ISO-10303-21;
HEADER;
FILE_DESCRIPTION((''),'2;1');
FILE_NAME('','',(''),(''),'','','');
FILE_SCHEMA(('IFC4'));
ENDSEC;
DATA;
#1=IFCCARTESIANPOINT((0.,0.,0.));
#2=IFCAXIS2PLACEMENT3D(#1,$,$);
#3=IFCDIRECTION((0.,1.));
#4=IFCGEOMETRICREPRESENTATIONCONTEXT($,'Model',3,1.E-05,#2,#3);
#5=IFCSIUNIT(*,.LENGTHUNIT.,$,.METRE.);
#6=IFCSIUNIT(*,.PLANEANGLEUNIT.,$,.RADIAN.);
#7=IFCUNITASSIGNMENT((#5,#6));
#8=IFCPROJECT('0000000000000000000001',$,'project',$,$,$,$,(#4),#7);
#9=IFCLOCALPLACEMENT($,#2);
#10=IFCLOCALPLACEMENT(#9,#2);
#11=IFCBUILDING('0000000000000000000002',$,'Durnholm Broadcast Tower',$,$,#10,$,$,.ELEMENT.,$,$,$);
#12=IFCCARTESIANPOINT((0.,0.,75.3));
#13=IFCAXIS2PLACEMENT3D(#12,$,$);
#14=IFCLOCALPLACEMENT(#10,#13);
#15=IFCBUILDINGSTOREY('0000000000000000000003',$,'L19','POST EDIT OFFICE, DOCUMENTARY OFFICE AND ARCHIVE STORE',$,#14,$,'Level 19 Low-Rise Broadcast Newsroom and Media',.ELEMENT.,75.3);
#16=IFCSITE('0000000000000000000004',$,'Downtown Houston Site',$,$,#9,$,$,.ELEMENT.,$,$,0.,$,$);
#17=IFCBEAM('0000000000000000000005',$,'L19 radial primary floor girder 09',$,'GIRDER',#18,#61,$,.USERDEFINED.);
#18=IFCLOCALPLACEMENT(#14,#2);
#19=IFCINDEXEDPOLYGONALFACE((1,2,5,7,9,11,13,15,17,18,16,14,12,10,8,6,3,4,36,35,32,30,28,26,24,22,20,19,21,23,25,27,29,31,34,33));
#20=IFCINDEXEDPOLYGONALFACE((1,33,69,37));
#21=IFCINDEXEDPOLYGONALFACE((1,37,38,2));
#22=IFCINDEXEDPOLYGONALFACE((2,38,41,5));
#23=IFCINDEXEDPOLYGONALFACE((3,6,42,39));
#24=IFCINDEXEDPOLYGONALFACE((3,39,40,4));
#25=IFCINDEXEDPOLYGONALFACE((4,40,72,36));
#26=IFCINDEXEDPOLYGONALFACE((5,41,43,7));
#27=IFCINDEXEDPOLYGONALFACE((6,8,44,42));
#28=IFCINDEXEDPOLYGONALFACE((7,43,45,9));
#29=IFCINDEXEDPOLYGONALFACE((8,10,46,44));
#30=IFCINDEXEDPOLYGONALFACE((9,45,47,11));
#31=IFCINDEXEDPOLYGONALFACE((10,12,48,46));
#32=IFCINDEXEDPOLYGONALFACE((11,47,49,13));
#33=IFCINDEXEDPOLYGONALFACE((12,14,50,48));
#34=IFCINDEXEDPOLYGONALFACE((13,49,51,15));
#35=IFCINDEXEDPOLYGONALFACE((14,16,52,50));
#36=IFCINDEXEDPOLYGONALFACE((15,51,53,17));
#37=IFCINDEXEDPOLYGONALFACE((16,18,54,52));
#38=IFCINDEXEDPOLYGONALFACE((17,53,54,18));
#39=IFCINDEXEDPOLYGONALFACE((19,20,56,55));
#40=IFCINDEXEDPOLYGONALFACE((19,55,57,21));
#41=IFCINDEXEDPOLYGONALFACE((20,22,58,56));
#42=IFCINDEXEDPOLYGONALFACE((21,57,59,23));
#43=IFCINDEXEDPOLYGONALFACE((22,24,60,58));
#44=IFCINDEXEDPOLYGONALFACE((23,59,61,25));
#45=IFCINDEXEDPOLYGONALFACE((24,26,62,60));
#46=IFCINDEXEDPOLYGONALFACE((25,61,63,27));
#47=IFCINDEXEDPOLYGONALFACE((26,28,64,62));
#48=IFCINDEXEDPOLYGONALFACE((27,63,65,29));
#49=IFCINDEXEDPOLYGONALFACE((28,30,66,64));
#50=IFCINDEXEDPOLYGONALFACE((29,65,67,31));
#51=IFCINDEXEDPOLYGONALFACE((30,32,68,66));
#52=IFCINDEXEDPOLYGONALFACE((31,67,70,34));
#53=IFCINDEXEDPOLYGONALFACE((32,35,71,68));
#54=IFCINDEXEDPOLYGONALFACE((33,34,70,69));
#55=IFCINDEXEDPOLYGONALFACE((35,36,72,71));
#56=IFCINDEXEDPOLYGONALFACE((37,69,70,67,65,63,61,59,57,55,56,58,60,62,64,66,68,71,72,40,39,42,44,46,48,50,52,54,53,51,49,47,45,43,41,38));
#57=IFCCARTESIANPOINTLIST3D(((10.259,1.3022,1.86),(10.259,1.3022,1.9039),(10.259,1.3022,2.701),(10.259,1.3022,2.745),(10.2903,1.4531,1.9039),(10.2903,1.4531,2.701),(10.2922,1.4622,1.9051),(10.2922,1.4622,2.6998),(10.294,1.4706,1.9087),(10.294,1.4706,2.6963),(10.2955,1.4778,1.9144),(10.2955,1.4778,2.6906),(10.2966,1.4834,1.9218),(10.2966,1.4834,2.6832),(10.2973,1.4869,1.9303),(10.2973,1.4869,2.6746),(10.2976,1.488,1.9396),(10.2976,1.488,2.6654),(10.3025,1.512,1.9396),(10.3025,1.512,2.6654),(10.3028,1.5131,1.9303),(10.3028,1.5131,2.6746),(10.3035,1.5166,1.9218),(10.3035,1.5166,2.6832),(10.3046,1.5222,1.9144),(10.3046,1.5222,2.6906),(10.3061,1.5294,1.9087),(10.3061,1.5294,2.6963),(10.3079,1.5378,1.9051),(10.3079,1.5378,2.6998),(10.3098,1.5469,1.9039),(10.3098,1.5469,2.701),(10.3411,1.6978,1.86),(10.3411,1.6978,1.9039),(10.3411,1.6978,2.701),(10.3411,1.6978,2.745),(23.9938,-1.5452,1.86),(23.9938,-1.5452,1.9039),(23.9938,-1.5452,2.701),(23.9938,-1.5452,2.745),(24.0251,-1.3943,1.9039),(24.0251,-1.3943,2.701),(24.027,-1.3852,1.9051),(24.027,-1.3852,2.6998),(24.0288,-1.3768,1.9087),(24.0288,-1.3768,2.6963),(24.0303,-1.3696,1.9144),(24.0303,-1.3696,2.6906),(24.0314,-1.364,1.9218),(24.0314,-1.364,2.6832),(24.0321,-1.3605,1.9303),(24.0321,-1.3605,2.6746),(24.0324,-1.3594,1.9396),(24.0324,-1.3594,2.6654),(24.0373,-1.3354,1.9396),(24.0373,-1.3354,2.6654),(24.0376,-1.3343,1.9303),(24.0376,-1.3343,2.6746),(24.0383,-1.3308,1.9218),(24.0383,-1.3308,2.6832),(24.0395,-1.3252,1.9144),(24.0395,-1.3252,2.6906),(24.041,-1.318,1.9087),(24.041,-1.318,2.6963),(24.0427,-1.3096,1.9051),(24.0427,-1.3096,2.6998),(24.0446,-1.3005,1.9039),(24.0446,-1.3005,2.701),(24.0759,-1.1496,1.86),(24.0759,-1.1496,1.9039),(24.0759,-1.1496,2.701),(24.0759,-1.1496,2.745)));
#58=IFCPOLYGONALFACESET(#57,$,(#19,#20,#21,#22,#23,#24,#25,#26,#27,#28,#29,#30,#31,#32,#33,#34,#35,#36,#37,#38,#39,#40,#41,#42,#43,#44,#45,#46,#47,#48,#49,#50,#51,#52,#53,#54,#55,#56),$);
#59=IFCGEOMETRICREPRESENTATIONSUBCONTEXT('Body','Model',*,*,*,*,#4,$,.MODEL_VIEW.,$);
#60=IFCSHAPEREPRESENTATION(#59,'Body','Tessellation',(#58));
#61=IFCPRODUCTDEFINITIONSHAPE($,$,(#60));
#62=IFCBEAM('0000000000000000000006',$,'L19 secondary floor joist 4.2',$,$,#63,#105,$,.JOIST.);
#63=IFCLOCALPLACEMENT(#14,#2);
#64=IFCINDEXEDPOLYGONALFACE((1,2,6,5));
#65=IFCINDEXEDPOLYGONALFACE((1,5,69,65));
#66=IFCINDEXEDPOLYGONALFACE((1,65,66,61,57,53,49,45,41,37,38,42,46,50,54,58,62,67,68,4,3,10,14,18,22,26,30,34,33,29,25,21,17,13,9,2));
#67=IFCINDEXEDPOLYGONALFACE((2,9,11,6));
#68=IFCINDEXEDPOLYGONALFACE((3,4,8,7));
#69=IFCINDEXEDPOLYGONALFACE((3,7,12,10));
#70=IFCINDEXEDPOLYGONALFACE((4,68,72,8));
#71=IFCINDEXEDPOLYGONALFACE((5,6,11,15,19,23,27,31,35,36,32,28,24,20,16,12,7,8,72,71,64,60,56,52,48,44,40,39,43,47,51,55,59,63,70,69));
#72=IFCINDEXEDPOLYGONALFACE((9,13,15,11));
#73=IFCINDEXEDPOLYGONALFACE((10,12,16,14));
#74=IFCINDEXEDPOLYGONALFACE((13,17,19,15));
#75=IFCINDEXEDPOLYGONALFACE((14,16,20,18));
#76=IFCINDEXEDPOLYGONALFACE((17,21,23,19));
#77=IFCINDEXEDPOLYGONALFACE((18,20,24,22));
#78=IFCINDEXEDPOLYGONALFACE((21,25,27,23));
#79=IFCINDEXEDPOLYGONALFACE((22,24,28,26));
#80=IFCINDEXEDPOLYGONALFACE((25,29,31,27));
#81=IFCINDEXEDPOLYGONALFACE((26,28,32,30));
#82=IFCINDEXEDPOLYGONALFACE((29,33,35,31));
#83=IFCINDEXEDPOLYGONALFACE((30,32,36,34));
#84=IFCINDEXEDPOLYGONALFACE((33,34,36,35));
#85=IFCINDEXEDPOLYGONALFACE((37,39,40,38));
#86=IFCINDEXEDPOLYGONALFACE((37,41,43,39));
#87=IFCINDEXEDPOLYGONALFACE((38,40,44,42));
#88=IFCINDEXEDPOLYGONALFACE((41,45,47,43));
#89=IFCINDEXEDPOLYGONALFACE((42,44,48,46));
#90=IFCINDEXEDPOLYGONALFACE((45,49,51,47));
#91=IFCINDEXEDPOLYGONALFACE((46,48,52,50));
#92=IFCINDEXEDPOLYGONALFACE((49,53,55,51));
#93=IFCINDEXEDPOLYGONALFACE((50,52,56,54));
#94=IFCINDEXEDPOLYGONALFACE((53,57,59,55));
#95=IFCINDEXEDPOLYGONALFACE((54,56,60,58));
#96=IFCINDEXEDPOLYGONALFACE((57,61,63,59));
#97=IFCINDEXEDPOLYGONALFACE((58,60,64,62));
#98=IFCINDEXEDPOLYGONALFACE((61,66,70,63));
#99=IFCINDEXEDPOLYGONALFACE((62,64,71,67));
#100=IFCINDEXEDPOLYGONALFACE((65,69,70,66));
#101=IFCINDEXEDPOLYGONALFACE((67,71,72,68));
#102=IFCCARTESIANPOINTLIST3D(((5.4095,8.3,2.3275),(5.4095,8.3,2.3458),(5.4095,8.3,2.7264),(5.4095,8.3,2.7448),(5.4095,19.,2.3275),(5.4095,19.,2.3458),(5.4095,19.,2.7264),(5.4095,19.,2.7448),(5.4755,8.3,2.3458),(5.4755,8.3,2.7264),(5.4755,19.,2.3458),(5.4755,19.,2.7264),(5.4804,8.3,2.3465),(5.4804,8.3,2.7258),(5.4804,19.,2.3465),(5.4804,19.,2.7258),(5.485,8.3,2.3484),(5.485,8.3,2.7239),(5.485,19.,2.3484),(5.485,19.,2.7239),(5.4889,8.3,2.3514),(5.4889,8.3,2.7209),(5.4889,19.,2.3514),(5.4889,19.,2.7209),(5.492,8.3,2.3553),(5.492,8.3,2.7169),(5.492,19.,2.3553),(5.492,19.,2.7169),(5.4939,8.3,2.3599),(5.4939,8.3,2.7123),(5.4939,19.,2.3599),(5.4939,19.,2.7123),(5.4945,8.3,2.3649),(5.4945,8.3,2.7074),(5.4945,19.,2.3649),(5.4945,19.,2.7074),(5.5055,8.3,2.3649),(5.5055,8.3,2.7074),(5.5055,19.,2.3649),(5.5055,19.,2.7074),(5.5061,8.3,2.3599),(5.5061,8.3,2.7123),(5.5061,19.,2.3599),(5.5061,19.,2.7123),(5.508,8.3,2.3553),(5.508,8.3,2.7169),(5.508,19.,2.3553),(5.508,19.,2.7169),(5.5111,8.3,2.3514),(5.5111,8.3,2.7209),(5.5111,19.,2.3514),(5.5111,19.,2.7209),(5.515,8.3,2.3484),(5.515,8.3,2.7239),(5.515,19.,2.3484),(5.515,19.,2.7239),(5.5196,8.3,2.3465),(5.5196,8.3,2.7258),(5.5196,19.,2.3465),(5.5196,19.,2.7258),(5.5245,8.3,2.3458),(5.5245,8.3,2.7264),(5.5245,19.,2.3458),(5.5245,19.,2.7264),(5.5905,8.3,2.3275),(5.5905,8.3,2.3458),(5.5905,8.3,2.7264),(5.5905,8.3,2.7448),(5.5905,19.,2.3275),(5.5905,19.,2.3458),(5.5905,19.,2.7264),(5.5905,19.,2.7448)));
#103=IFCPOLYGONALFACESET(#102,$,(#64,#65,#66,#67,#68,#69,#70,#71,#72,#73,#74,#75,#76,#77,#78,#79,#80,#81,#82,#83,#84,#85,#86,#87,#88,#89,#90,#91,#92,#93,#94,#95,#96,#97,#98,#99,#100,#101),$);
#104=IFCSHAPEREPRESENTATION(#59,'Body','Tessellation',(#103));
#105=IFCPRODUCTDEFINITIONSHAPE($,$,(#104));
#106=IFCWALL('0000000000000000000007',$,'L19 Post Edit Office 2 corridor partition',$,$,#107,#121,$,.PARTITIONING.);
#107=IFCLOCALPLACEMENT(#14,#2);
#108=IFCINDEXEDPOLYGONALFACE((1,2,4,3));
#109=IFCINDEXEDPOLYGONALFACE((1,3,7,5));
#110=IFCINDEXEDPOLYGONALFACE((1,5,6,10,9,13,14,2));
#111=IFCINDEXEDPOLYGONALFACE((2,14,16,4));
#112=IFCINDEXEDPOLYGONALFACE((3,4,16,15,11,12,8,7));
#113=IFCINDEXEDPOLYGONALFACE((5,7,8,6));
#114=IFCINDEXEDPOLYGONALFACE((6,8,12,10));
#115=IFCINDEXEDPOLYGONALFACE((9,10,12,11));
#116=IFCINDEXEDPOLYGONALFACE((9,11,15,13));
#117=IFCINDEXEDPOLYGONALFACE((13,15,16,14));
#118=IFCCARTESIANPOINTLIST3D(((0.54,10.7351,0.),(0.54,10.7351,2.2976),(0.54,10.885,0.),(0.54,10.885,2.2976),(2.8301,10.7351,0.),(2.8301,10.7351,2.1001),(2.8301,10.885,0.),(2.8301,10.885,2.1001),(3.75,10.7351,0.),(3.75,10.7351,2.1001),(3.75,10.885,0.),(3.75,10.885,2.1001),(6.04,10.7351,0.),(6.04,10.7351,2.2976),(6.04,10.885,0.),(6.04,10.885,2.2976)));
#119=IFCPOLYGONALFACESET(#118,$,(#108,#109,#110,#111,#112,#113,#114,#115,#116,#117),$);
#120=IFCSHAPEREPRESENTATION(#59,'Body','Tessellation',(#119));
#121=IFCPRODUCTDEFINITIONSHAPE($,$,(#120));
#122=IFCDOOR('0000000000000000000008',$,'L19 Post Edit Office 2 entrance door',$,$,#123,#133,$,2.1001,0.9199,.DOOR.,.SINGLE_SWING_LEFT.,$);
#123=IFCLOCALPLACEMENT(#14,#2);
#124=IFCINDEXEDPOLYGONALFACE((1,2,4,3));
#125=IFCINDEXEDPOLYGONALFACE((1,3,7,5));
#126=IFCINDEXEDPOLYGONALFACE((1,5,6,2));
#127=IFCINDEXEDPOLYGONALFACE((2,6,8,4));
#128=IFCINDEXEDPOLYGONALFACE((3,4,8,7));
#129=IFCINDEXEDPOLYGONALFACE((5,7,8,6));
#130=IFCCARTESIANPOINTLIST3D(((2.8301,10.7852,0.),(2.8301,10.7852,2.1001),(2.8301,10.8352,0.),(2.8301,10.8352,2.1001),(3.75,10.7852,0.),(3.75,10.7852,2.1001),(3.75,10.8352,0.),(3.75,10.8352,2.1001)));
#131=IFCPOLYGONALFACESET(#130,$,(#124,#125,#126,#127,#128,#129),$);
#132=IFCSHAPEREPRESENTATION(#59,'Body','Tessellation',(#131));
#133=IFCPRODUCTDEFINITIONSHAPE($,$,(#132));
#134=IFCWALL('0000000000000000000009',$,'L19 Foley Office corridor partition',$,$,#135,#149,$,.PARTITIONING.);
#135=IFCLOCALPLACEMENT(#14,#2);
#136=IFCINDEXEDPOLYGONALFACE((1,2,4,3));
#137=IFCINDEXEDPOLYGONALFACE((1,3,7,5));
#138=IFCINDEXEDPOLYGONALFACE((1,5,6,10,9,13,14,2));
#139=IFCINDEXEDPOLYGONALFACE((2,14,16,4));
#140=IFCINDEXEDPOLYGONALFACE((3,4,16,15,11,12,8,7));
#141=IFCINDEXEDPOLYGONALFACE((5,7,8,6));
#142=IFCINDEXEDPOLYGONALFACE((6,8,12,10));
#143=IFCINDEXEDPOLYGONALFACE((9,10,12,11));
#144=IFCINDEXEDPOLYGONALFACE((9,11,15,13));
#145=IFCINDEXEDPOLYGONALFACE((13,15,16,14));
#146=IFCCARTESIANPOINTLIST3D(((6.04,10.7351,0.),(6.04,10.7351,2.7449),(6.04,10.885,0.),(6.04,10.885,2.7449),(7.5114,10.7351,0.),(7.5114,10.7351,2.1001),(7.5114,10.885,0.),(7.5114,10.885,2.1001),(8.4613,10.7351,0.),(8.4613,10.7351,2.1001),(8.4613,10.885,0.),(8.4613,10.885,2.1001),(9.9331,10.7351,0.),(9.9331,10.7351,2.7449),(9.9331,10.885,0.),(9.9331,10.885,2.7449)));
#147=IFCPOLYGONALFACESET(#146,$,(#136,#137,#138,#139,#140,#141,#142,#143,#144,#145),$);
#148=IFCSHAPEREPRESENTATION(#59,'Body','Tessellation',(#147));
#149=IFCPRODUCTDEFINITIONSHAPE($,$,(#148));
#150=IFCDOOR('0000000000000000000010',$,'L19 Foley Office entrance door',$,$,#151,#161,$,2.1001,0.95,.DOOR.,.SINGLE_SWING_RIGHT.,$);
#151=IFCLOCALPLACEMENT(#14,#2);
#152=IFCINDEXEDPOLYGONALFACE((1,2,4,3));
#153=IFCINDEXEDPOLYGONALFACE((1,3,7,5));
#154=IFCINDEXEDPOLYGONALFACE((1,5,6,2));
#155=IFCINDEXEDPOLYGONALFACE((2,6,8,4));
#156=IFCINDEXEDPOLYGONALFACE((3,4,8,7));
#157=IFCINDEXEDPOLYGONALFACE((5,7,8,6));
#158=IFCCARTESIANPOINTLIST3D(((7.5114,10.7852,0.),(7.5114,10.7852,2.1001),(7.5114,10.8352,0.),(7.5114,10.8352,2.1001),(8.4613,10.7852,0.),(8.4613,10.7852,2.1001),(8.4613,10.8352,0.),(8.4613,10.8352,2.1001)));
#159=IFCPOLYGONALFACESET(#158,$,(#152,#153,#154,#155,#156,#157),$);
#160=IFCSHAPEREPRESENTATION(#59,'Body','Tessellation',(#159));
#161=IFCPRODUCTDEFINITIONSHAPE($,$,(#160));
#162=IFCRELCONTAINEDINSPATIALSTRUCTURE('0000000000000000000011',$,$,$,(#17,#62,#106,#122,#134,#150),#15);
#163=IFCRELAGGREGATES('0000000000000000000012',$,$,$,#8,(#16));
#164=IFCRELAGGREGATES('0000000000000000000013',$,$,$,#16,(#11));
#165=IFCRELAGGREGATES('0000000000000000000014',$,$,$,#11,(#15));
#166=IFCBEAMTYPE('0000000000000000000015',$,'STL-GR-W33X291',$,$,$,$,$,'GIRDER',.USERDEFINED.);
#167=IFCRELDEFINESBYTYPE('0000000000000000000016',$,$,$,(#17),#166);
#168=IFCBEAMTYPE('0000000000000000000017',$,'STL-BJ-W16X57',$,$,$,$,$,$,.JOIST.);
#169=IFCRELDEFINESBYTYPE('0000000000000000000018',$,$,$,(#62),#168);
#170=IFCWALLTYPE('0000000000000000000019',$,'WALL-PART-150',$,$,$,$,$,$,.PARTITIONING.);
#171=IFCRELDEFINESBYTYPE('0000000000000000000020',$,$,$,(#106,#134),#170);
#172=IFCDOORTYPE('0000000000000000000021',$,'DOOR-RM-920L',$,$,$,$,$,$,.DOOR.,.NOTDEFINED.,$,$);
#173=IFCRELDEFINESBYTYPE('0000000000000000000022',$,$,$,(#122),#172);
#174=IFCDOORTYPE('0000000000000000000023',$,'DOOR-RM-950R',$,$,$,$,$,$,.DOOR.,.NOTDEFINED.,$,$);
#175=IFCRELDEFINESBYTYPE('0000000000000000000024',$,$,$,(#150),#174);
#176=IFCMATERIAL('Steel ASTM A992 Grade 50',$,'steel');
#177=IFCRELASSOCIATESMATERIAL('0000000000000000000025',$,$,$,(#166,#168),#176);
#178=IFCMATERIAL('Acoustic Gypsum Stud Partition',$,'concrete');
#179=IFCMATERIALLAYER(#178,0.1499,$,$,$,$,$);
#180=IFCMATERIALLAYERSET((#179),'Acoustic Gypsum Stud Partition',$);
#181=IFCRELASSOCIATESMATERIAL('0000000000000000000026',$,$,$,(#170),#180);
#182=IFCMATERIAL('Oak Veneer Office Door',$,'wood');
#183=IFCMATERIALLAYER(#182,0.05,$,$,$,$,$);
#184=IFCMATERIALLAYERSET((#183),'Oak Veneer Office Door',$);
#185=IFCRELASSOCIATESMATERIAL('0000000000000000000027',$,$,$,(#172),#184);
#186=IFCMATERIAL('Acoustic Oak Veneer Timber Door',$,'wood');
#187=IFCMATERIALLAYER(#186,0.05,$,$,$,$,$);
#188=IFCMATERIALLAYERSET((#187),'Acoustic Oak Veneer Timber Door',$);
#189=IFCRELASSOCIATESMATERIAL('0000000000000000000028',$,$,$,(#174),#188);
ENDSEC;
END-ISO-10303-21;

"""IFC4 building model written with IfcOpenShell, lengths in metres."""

from ifc_helpers import new_model, si_unit, direction, frame, frame_2d, origin, origin_2d, place, context, subcontext, project, spatial, rectangle, i_section, extrude, source, transform, mapped, material, layer, layer_set, material_profile, profile_set, type_object, type_shapes, element, fill, save


model = new_model("IFC4")

# Units and contexts
model_context = context("Model", 3, precision=1e-05, world=origin(), true_north=direction((0.0, 1.0)))
body_context = subcontext(model_context, "Body", "Model", "MODEL_VIEW")
ifc_project = project(units=[si_unit("LENGTHUNIT", "METRE"), si_unit("PLANEANGLEUNIT", "RADIAN")], contexts=[model_context])

# Site, building, storey
site_placement = place(None, origin())
site = spatial("IfcSite", under=ifc_project, at=site_placement, Name="Downtown Houston Site", CompositionType="ELEMENT", RefElevation=0.0)
building_placement = place(site_placement, origin())
building = spatial("IfcBuilding", under=site, at=building_placement, Name="Durnholm Broadcast Tower", CompositionType="ELEMENT")
storey_placement = place(building_placement, frame((0.0, 0.0, 75.3)))
storey = spatial("IfcBuildingStorey", under=building, at=storey_placement, Name="L19", Description="POST EDIT OFFICE, DOCUMENTARY OFFICE AND ARCHIVE STORE", LongName="Level 19 Low-Rise Broadcast Newsroom and Media", CompositionType="ELEMENT", Elevation=75.3)

# Beams
ifc_material_1 = material(Name="Steel ASTM A992 Grade 50", Category="steel")
ifc_material_profile_1 = material_profile(ifc_material_1, i_section(OverallWidth=0.4041, OverallDepth=0.885, WebThickness=0.0244, FlangeThickness=0.0439, FilletRadius=0.0356, at=origin_2d()), Name="W33X291")
ifc_profile_set_1 = profile_set([ifc_material_profile_1], Name="Steel ASTM A992 Grade 50")
beam_type_1 = type_object("IfcBeamType", Name="STL-GR-W33X291", ElementType="GIRDER", PredefinedType="USERDEFINED", material=ifc_profile_set_1)
shared_shape_1 = source(origin(), body_context, "Body", "SweptSolid", [
    extrude(i_section(OverallWidth=0.4041, OverallDepth=0.885, WebThickness=0.0244, FlangeThickness=0.0439, FilletRadius=0.0356, at=origin_2d()), origin(), (0.0, 0.0, 1.0), 14.0269),
])
beam_1_placement = place(storey_placement, frame((10.3, 1.5, 2.3025), z_axis=(0.979179, -0.202996, 0.0), x_axis=(0.202996, 0.979179, 0.0)))
element("IfcBeam", 1, at=beam_1_placement, inside=storey, type_object=beam_type_1, Name="L19 radial primary floor girder 09", ObjectType="GIRDER", PredefinedType="USERDEFINED", context=body_context, shape_type="MappedRepresentation", body=[
    mapped(shared_shape_1, transform((0.0, 0.0, 0.0), x_axis=(1.0, 0.0, 0.0), y_axis=(0.0, 1.0, 0.0), z_axis=(0.0, 0.0, 1.0), scale=1.0)),
])
ifc_material_profile_2 = material_profile(ifc_material_1, i_section(OverallWidth=0.1809, OverallDepth=0.4172, WebThickness=0.011, FlangeThickness=0.0183, FilletRadius=0.019, at=origin_2d()), Name="W16X57")
ifc_profile_set_2 = profile_set([ifc_material_profile_2], Name="Steel ASTM A992 Grade 50")
beam_type_2 = type_object("IfcBeamType", Name="STL-BJ-W16X57", PredefinedType="JOIST", material=ifc_profile_set_2)
shared_shape_2 = source(origin(), body_context, "Body", "SweptSolid", [
    extrude(i_section(OverallWidth=0.1809, OverallDepth=0.4172, WebThickness=0.011, FlangeThickness=0.0183, FilletRadius=0.019, at=origin_2d()), origin(), (0.0, 0.0, 1.0), 10.7),
])
type_shapes(beam_type_2, [shared_shape_2])
beam_2_placement = place(storey_placement, frame((5.5, 8.3, 2.5361), z_axis=(0.0, 1.0, 0.0), x_axis=(-1.0, 0.0, 0.0)))
element("IfcBeam", 2, at=beam_2_placement, inside=storey, type_object=beam_type_2, Name="L19 secondary floor joist 4.2", PredefinedType="JOIST", context=body_context, shape_type="MappedRepresentation", body=[
    mapped(shared_shape_2, transform((0.0, 0.0, 0.0), x_axis=(1.0, 0.0, 0.0), y_axis=(0.0, 1.0, 0.0), z_axis=(0.0, 0.0, 1.0), scale=1.0)),
])

# Walls, openings, doors
ifc_material_2 = material(Name="Acoustic Gypsum Stud Partition", Category="concrete")
ifc_layer_1 = layer(ifc_material_2, 0.1499)
ifc_layer_set_1 = layer_set([ifc_layer_1], Name="Acoustic Gypsum Stud Partition")
wall_type_1 = type_object("IfcWallType", Name="WALL-PART-150", PredefinedType="PARTITIONING", material=ifc_layer_set_1)
wall_1_placement = place(storey_placement, frame((6.04, 10.8101, 0.0), z_axis=(0.0, 0.0, 1.0), x_axis=(-1.0, 0.0, 0.0)))
wall_1 = element("IfcWall", 3, at=wall_1_placement, inside=storey, type_object=wall_type_1, Name="L19 Post Edit Office 2 corridor partition", PredefinedType="PARTITIONING", context=body_context, shape_type="SweptSolid", body=[
    extrude(rectangle(XDim=5.5, YDim=0.1499, at=frame_2d((2.75, 0.0))), origin(), (0.0, 0.0, 1.0), 2.2976),
])
opening_1_placement = place(wall_1_placement, frame((2.29, 0.0, 0.0)))
opening_1 = element("IfcOpeningElement", 4, at=opening_1_placement, cuts=wall_1, PredefinedType="OPENING", context=body_context, shape_type="SweptSolid", body=[
    extrude(rectangle(XDim=0.9199, YDim=2.1001, at=frame_2d((0.46, 1.05))), frame((0.0, 0.085, 0.0), z_axis=(0.0, -1.0, 0.0), x_axis=(1.0, 0.0, 0.0)), (0.0, 0.0, 1.0), 0.1699),
])
ifc_material_3 = material(Name="Oak Veneer Office Door", Category="wood")
ifc_layer_2 = layer(ifc_material_3, 0.05)
ifc_layer_set_2 = layer_set([ifc_layer_2], Name="Oak Veneer Office Door")
door_type_1 = type_object("IfcDoorType", Name="DOOR-RM-920L", OperationType="NOTDEFINED", PredefinedType="DOOR", material=ifc_layer_set_2)
shared_shape_3 = source(origin(), body_context, "Body", "SweptSolid", [
    extrude(rectangle(XDim=0.9199, YDim=2.1001, at=frame_2d((0.46, 1.05))), frame((0.0, 0.0249, 0.0), z_axis=(0.0, -1.0, 0.0), x_axis=(1.0, 0.0, 0.0)), (0.0, 0.0, 1.0), 0.05),
])
type_shapes(door_type_1, [shared_shape_3])
door_1_placement = place(opening_1_placement, origin())
door_1 = element("IfcDoor", 5, at=door_1_placement, inside=storey, type_object=door_type_1, Name="L19 Post Edit Office 2 entrance door", OperationType="SINGLE_SWING_LEFT", OverallHeight=2.1001, OverallWidth=0.9199, PredefinedType="DOOR", context=body_context, shape_type="MappedRepresentation", body=[
    mapped(shared_shape_3, transform((0.0, 0.0, 0.0), x_axis=(1.0, 0.0, 0.0), y_axis=(0.0, 1.0, 0.0), z_axis=(0.0, 0.0, 1.0), scale=1.0)),
])
fill(opening_1, door_1)
wall_2_placement = place(storey_placement, frame((9.9331, 10.8101, 0.0), z_axis=(0.0, 0.0, 1.0), x_axis=(-1.0, 0.0, 0.0)))
wall_2 = element("IfcWall", 6, at=wall_2_placement, inside=storey, type_object=wall_type_1, Name="L19 Foley Office corridor partition", PredefinedType="PARTITIONING", context=body_context, shape_type="SweptSolid", body=[
    extrude(rectangle(XDim=3.8931, YDim=0.1499, at=frame_2d((1.9465, 0.0))), origin(), (0.0, 0.0, 1.0), 2.7449),
])
opening_2_placement = place(wall_2_placement, frame((1.4717, 0.0, 0.0)))
opening_2 = element("IfcOpeningElement", 7, at=opening_2_placement, cuts=wall_2, PredefinedType="OPENING", context=body_context, shape_type="SweptSolid", body=[
    extrude(rectangle(XDim=0.95, YDim=2.1001, at=frame_2d((0.4751, 1.05))), frame((0.0, 0.085, 0.0), z_axis=(0.0, -1.0, 0.0), x_axis=(1.0, 0.0, 0.0)), (0.0, 0.0, 1.0), 0.1699),
])
ifc_material_4 = material(Name="Acoustic Oak Veneer Timber Door", Category="wood")
ifc_layer_3 = layer(ifc_material_4, 0.05)
ifc_layer_set_3 = layer_set([ifc_layer_3], Name="Acoustic Oak Veneer Timber Door")
door_type_2 = type_object("IfcDoorType", Name="DOOR-RM-950R", OperationType="NOTDEFINED", PredefinedType="DOOR", material=ifc_layer_set_3)
shared_shape_4 = source(origin(), body_context, "Body", "SweptSolid", [
    extrude(rectangle(XDim=0.95, YDim=2.1001, at=frame_2d((0.4751, 1.05))), frame((0.0, 0.0249, 0.0), z_axis=(0.0, -1.0, 0.0), x_axis=(1.0, 0.0, 0.0)), (0.0, 0.0, 1.0), 0.05),
])
type_shapes(door_type_2, [shared_shape_4])
door_2_placement = place(opening_2_placement, origin())
door_2 = element("IfcDoor", 8, at=door_2_placement, inside=storey, type_object=door_type_2, Name="L19 Foley Office entrance door", OperationType="SINGLE_SWING_RIGHT", OverallHeight=2.1001, OverallWidth=0.95, PredefinedType="DOOR", context=body_context, shape_type="MappedRepresentation", body=[
    mapped(shared_shape_4, transform((0.0, 0.0, 0.0), x_axis=(1.0, 0.0, 0.0), y_axis=(0.0, 1.0, 0.0), z_axis=(0.0, 0.0, 1.0), scale=1.0)),
])
fill(opening_2, door_2)

save(model, "model.ifc")
